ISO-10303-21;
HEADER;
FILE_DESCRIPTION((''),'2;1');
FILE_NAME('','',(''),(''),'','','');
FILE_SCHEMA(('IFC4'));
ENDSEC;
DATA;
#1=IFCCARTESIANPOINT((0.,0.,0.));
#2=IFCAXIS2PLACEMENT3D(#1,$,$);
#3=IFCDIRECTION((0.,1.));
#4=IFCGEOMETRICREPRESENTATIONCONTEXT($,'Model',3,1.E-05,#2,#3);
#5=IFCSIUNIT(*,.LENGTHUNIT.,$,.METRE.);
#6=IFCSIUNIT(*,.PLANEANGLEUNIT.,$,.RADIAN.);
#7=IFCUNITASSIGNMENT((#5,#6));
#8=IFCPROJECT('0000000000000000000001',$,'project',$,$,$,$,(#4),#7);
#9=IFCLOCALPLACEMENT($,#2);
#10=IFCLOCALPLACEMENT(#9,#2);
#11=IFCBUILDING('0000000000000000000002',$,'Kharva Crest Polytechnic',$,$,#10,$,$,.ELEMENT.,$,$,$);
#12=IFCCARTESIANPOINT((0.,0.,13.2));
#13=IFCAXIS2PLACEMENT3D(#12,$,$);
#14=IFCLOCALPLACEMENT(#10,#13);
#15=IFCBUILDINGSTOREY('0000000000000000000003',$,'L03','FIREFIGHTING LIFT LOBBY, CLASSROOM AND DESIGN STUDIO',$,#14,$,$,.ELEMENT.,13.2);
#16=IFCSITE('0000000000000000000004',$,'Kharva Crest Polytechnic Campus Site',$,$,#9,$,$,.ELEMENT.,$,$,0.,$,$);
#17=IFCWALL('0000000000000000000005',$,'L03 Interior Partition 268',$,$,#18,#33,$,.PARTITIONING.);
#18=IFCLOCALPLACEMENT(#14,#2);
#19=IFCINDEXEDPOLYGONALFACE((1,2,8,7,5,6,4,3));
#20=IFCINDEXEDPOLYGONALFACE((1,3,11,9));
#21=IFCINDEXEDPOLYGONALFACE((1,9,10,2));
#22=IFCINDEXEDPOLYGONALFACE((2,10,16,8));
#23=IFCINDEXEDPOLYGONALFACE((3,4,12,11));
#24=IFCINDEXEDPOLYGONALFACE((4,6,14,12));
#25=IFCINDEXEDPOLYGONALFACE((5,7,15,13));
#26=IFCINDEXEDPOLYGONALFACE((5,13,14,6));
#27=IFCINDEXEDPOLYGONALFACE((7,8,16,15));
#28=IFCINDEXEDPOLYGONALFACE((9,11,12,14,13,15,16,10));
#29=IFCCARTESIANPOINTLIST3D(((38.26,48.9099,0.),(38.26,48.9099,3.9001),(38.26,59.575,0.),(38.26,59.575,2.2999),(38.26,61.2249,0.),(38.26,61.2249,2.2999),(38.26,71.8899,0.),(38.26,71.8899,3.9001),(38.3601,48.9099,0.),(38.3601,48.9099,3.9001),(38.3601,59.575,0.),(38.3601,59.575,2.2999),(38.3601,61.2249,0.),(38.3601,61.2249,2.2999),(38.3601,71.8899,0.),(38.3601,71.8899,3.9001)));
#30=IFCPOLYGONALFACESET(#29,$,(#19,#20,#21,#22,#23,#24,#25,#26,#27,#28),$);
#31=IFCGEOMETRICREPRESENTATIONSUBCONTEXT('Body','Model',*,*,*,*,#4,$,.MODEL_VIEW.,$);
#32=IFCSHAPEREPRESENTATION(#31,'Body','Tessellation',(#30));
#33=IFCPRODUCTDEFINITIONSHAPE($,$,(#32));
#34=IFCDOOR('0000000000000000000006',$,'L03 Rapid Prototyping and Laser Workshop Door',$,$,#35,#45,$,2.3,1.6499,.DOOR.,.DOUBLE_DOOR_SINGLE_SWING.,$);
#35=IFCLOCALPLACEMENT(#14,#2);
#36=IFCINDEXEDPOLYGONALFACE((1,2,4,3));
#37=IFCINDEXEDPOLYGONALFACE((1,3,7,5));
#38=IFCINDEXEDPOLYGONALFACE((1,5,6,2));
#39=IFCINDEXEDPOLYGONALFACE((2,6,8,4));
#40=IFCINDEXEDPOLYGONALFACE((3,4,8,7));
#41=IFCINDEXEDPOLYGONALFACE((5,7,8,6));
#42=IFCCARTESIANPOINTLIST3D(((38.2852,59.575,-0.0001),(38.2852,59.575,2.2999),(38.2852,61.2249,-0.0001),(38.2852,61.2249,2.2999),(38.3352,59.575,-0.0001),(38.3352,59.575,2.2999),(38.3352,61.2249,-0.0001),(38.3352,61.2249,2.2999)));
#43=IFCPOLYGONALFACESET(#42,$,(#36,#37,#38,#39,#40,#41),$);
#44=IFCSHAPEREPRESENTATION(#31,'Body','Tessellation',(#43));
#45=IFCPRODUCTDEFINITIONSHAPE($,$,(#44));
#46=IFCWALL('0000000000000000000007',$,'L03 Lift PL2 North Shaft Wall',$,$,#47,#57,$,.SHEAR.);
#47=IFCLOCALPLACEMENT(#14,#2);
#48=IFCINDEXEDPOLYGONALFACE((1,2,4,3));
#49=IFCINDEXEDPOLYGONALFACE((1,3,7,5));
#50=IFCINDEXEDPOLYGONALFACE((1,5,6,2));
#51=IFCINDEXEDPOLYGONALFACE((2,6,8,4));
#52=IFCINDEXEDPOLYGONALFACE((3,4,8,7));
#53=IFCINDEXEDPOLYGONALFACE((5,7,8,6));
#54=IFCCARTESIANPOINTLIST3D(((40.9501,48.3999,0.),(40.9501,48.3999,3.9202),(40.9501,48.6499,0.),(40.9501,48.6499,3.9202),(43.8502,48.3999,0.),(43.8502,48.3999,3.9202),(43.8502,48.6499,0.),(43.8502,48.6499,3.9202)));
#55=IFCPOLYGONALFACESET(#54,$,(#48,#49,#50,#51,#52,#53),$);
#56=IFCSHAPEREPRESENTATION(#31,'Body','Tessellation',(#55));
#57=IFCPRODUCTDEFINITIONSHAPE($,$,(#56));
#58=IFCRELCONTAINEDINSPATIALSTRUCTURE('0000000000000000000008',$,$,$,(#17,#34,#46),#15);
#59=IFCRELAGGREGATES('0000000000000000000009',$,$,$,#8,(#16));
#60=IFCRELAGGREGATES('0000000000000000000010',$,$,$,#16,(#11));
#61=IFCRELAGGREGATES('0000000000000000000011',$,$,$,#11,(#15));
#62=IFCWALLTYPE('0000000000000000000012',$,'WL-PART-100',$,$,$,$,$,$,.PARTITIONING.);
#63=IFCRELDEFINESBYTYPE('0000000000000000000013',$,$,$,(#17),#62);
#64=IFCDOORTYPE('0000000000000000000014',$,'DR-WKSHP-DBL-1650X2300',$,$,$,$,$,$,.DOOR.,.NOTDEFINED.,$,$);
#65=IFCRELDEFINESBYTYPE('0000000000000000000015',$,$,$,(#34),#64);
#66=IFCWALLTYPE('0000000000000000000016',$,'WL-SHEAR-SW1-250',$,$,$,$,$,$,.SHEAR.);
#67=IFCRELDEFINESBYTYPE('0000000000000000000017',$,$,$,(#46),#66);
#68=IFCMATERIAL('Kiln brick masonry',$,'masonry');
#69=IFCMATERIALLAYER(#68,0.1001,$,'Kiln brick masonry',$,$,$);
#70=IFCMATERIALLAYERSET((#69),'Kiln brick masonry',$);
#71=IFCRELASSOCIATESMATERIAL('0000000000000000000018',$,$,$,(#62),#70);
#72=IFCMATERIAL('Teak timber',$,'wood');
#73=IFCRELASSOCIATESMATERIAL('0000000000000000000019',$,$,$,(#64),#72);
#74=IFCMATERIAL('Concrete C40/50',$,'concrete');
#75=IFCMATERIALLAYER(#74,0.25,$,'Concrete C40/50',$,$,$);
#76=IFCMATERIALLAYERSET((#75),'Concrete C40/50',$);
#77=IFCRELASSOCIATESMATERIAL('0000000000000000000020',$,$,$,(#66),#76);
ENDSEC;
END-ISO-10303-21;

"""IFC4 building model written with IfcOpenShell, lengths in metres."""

from ifc_helpers import new_model, si_unit, direction, frame, frame_2d, origin, place, context, subcontext, project, spatial, rectangle, extrude, material, layer, layer_set, type_object, element, fill, save


model = new_model("IFC4")

# Units and contexts
model_context = context("Model", 3, precision=1e-05, world=origin(), true_north=direction((0.0, 1.0)))
body_context = subcontext(model_context, "Body", "Model", "MODEL_VIEW")
ifc_project = project(units=[si_unit("LENGTHUNIT", "METRE"), si_unit("PLANEANGLEUNIT", "RADIAN")], contexts=[model_context])

# Site, building, storey
site_placement = place(None, origin())
site = spatial("IfcSite", under=ifc_project, at=site_placement, Name="Kharva Crest Polytechnic Campus Site", CompositionType="ELEMENT", RefElevation=0.0)
building_placement = place(site_placement, origin())
building = spatial("IfcBuilding", under=site, at=building_placement, Name="Kharva Crest Polytechnic", CompositionType="ELEMENT")
storey_placement = place(building_placement, frame((0.0, 0.0, 13.2)))
storey = spatial("IfcBuildingStorey", under=building, at=storey_placement, Name="L03", Description="FIREFIGHTING LIFT LOBBY, CLASSROOM AND DESIGN STUDIO", CompositionType="ELEMENT", Elevation=13.2)

# Shared definitions
ifc_material_1 = material(Name="Concrete C40/50", Category="concrete")

# Wall, opening, door
ifc_material_2 = material(Name="Kiln brick masonry", Category="masonry")
ifc_layer_1 = layer(ifc_material_2, 0.1001, Name="Kiln brick masonry")
ifc_layer_set_1 = layer_set([ifc_layer_1], Name="Kiln brick masonry")
wall_type_1 = type_object("IfcWallType", Name="WL-PART-100", PredefinedType="PARTITIONING", material=ifc_layer_set_1)
wall_1_placement = place(storey_placement, frame((38.3101, 48.9099, 0.0), z_axis=(0.0, 0.0, 1.0), x_axis=(0.0, 1.0, 0.0)))
wall_1 = element("IfcWall", 1, at=wall_1_placement, inside=storey, type_object=wall_type_1, Name="L03 Interior Partition 268", PredefinedType="PARTITIONING", context=body_context, shape_type="SweptSolid", body=[
    extrude(rectangle(XDim=22.98, YDim=0.1001, at=frame_2d((11.49, 0.0))), origin(), (0.0, 0.0, 1.0), 3.9001),
])
opening_placement = place(wall_1_placement, frame((10.665, 0.0, 0.0)))
opening = element("IfcOpeningElement", 2, at=opening_placement, cuts=wall_1, PredefinedType="OPENING", context=body_context, shape_type="SweptSolid", body=[
    extrude(rectangle(XDim=1.6499, YDim=2.3, at=frame_2d((0.825, 1.1499))), frame((0.0, 0.0601, 0.0), z_axis=(0.0, -1.0, 0.0), x_axis=(1.0, 0.0, 0.0)), (0.0, 0.0, 1.0), 0.1201),
])
ifc_material_3 = material(Name="Teak timber", Category="wood")
door_type = type_object("IfcDoorType", Name="DR-WKSHP-DBL-1650X2300", OperationType="NOTDEFINED", PredefinedType="DOOR", material=ifc_material_3)
door_placement = place(opening_placement, origin())
door = element("IfcDoor", 3, at=door_placement, inside=storey, type_object=door_type, Name="L03 Rapid Prototyping and Laser Workshop Door", OperationType="DOUBLE_DOOR_SINGLE_SWING", OverallHeight=2.3, OverallWidth=1.6499, PredefinedType="DOOR", context=body_context, shape_type="SweptSolid", body=[
    extrude(rectangle(XDim=1.6499, YDim=2.3, at=frame_2d((0.825, 1.1499))), frame((0.0, 0.0249, 0.0), z_axis=(0.0, -1.0, 0.0), x_axis=(1.0, 0.0, 0.0)), (0.0, 0.0, 1.0), 0.05),
])
fill(opening, door)

# Wall
ifc_layer_2 = layer(ifc_material_1, 0.25, Name="Concrete C40/50")
ifc_layer_set_2 = layer_set([ifc_layer_2], Name="Concrete C40/50")
wall_type_2 = type_object("IfcWallType", Name="WL-SHEAR-SW1-250", PredefinedType="SHEAR", material=ifc_layer_set_2)
wall_2_placement = place(storey_placement, frame((40.95, 48.5249, 0.0), z_axis=(0.0, 0.0, 1.0), x_axis=(1.0, 0.0, 0.0)))
element("IfcWall", 4, at=wall_2_placement, inside=storey, type_object=wall_type_2, Name="L03 Lift PL2 North Shaft Wall", PredefinedType="SHEAR", context=body_context, shape_type="SweptSolid", body=[
    extrude(rectangle(XDim=2.9001, YDim=0.25, at=frame_2d((1.4502, 0.0))), origin(), (0.0, 0.0, 1.0), 3.9202),
])

save(model, "model.ifc")
